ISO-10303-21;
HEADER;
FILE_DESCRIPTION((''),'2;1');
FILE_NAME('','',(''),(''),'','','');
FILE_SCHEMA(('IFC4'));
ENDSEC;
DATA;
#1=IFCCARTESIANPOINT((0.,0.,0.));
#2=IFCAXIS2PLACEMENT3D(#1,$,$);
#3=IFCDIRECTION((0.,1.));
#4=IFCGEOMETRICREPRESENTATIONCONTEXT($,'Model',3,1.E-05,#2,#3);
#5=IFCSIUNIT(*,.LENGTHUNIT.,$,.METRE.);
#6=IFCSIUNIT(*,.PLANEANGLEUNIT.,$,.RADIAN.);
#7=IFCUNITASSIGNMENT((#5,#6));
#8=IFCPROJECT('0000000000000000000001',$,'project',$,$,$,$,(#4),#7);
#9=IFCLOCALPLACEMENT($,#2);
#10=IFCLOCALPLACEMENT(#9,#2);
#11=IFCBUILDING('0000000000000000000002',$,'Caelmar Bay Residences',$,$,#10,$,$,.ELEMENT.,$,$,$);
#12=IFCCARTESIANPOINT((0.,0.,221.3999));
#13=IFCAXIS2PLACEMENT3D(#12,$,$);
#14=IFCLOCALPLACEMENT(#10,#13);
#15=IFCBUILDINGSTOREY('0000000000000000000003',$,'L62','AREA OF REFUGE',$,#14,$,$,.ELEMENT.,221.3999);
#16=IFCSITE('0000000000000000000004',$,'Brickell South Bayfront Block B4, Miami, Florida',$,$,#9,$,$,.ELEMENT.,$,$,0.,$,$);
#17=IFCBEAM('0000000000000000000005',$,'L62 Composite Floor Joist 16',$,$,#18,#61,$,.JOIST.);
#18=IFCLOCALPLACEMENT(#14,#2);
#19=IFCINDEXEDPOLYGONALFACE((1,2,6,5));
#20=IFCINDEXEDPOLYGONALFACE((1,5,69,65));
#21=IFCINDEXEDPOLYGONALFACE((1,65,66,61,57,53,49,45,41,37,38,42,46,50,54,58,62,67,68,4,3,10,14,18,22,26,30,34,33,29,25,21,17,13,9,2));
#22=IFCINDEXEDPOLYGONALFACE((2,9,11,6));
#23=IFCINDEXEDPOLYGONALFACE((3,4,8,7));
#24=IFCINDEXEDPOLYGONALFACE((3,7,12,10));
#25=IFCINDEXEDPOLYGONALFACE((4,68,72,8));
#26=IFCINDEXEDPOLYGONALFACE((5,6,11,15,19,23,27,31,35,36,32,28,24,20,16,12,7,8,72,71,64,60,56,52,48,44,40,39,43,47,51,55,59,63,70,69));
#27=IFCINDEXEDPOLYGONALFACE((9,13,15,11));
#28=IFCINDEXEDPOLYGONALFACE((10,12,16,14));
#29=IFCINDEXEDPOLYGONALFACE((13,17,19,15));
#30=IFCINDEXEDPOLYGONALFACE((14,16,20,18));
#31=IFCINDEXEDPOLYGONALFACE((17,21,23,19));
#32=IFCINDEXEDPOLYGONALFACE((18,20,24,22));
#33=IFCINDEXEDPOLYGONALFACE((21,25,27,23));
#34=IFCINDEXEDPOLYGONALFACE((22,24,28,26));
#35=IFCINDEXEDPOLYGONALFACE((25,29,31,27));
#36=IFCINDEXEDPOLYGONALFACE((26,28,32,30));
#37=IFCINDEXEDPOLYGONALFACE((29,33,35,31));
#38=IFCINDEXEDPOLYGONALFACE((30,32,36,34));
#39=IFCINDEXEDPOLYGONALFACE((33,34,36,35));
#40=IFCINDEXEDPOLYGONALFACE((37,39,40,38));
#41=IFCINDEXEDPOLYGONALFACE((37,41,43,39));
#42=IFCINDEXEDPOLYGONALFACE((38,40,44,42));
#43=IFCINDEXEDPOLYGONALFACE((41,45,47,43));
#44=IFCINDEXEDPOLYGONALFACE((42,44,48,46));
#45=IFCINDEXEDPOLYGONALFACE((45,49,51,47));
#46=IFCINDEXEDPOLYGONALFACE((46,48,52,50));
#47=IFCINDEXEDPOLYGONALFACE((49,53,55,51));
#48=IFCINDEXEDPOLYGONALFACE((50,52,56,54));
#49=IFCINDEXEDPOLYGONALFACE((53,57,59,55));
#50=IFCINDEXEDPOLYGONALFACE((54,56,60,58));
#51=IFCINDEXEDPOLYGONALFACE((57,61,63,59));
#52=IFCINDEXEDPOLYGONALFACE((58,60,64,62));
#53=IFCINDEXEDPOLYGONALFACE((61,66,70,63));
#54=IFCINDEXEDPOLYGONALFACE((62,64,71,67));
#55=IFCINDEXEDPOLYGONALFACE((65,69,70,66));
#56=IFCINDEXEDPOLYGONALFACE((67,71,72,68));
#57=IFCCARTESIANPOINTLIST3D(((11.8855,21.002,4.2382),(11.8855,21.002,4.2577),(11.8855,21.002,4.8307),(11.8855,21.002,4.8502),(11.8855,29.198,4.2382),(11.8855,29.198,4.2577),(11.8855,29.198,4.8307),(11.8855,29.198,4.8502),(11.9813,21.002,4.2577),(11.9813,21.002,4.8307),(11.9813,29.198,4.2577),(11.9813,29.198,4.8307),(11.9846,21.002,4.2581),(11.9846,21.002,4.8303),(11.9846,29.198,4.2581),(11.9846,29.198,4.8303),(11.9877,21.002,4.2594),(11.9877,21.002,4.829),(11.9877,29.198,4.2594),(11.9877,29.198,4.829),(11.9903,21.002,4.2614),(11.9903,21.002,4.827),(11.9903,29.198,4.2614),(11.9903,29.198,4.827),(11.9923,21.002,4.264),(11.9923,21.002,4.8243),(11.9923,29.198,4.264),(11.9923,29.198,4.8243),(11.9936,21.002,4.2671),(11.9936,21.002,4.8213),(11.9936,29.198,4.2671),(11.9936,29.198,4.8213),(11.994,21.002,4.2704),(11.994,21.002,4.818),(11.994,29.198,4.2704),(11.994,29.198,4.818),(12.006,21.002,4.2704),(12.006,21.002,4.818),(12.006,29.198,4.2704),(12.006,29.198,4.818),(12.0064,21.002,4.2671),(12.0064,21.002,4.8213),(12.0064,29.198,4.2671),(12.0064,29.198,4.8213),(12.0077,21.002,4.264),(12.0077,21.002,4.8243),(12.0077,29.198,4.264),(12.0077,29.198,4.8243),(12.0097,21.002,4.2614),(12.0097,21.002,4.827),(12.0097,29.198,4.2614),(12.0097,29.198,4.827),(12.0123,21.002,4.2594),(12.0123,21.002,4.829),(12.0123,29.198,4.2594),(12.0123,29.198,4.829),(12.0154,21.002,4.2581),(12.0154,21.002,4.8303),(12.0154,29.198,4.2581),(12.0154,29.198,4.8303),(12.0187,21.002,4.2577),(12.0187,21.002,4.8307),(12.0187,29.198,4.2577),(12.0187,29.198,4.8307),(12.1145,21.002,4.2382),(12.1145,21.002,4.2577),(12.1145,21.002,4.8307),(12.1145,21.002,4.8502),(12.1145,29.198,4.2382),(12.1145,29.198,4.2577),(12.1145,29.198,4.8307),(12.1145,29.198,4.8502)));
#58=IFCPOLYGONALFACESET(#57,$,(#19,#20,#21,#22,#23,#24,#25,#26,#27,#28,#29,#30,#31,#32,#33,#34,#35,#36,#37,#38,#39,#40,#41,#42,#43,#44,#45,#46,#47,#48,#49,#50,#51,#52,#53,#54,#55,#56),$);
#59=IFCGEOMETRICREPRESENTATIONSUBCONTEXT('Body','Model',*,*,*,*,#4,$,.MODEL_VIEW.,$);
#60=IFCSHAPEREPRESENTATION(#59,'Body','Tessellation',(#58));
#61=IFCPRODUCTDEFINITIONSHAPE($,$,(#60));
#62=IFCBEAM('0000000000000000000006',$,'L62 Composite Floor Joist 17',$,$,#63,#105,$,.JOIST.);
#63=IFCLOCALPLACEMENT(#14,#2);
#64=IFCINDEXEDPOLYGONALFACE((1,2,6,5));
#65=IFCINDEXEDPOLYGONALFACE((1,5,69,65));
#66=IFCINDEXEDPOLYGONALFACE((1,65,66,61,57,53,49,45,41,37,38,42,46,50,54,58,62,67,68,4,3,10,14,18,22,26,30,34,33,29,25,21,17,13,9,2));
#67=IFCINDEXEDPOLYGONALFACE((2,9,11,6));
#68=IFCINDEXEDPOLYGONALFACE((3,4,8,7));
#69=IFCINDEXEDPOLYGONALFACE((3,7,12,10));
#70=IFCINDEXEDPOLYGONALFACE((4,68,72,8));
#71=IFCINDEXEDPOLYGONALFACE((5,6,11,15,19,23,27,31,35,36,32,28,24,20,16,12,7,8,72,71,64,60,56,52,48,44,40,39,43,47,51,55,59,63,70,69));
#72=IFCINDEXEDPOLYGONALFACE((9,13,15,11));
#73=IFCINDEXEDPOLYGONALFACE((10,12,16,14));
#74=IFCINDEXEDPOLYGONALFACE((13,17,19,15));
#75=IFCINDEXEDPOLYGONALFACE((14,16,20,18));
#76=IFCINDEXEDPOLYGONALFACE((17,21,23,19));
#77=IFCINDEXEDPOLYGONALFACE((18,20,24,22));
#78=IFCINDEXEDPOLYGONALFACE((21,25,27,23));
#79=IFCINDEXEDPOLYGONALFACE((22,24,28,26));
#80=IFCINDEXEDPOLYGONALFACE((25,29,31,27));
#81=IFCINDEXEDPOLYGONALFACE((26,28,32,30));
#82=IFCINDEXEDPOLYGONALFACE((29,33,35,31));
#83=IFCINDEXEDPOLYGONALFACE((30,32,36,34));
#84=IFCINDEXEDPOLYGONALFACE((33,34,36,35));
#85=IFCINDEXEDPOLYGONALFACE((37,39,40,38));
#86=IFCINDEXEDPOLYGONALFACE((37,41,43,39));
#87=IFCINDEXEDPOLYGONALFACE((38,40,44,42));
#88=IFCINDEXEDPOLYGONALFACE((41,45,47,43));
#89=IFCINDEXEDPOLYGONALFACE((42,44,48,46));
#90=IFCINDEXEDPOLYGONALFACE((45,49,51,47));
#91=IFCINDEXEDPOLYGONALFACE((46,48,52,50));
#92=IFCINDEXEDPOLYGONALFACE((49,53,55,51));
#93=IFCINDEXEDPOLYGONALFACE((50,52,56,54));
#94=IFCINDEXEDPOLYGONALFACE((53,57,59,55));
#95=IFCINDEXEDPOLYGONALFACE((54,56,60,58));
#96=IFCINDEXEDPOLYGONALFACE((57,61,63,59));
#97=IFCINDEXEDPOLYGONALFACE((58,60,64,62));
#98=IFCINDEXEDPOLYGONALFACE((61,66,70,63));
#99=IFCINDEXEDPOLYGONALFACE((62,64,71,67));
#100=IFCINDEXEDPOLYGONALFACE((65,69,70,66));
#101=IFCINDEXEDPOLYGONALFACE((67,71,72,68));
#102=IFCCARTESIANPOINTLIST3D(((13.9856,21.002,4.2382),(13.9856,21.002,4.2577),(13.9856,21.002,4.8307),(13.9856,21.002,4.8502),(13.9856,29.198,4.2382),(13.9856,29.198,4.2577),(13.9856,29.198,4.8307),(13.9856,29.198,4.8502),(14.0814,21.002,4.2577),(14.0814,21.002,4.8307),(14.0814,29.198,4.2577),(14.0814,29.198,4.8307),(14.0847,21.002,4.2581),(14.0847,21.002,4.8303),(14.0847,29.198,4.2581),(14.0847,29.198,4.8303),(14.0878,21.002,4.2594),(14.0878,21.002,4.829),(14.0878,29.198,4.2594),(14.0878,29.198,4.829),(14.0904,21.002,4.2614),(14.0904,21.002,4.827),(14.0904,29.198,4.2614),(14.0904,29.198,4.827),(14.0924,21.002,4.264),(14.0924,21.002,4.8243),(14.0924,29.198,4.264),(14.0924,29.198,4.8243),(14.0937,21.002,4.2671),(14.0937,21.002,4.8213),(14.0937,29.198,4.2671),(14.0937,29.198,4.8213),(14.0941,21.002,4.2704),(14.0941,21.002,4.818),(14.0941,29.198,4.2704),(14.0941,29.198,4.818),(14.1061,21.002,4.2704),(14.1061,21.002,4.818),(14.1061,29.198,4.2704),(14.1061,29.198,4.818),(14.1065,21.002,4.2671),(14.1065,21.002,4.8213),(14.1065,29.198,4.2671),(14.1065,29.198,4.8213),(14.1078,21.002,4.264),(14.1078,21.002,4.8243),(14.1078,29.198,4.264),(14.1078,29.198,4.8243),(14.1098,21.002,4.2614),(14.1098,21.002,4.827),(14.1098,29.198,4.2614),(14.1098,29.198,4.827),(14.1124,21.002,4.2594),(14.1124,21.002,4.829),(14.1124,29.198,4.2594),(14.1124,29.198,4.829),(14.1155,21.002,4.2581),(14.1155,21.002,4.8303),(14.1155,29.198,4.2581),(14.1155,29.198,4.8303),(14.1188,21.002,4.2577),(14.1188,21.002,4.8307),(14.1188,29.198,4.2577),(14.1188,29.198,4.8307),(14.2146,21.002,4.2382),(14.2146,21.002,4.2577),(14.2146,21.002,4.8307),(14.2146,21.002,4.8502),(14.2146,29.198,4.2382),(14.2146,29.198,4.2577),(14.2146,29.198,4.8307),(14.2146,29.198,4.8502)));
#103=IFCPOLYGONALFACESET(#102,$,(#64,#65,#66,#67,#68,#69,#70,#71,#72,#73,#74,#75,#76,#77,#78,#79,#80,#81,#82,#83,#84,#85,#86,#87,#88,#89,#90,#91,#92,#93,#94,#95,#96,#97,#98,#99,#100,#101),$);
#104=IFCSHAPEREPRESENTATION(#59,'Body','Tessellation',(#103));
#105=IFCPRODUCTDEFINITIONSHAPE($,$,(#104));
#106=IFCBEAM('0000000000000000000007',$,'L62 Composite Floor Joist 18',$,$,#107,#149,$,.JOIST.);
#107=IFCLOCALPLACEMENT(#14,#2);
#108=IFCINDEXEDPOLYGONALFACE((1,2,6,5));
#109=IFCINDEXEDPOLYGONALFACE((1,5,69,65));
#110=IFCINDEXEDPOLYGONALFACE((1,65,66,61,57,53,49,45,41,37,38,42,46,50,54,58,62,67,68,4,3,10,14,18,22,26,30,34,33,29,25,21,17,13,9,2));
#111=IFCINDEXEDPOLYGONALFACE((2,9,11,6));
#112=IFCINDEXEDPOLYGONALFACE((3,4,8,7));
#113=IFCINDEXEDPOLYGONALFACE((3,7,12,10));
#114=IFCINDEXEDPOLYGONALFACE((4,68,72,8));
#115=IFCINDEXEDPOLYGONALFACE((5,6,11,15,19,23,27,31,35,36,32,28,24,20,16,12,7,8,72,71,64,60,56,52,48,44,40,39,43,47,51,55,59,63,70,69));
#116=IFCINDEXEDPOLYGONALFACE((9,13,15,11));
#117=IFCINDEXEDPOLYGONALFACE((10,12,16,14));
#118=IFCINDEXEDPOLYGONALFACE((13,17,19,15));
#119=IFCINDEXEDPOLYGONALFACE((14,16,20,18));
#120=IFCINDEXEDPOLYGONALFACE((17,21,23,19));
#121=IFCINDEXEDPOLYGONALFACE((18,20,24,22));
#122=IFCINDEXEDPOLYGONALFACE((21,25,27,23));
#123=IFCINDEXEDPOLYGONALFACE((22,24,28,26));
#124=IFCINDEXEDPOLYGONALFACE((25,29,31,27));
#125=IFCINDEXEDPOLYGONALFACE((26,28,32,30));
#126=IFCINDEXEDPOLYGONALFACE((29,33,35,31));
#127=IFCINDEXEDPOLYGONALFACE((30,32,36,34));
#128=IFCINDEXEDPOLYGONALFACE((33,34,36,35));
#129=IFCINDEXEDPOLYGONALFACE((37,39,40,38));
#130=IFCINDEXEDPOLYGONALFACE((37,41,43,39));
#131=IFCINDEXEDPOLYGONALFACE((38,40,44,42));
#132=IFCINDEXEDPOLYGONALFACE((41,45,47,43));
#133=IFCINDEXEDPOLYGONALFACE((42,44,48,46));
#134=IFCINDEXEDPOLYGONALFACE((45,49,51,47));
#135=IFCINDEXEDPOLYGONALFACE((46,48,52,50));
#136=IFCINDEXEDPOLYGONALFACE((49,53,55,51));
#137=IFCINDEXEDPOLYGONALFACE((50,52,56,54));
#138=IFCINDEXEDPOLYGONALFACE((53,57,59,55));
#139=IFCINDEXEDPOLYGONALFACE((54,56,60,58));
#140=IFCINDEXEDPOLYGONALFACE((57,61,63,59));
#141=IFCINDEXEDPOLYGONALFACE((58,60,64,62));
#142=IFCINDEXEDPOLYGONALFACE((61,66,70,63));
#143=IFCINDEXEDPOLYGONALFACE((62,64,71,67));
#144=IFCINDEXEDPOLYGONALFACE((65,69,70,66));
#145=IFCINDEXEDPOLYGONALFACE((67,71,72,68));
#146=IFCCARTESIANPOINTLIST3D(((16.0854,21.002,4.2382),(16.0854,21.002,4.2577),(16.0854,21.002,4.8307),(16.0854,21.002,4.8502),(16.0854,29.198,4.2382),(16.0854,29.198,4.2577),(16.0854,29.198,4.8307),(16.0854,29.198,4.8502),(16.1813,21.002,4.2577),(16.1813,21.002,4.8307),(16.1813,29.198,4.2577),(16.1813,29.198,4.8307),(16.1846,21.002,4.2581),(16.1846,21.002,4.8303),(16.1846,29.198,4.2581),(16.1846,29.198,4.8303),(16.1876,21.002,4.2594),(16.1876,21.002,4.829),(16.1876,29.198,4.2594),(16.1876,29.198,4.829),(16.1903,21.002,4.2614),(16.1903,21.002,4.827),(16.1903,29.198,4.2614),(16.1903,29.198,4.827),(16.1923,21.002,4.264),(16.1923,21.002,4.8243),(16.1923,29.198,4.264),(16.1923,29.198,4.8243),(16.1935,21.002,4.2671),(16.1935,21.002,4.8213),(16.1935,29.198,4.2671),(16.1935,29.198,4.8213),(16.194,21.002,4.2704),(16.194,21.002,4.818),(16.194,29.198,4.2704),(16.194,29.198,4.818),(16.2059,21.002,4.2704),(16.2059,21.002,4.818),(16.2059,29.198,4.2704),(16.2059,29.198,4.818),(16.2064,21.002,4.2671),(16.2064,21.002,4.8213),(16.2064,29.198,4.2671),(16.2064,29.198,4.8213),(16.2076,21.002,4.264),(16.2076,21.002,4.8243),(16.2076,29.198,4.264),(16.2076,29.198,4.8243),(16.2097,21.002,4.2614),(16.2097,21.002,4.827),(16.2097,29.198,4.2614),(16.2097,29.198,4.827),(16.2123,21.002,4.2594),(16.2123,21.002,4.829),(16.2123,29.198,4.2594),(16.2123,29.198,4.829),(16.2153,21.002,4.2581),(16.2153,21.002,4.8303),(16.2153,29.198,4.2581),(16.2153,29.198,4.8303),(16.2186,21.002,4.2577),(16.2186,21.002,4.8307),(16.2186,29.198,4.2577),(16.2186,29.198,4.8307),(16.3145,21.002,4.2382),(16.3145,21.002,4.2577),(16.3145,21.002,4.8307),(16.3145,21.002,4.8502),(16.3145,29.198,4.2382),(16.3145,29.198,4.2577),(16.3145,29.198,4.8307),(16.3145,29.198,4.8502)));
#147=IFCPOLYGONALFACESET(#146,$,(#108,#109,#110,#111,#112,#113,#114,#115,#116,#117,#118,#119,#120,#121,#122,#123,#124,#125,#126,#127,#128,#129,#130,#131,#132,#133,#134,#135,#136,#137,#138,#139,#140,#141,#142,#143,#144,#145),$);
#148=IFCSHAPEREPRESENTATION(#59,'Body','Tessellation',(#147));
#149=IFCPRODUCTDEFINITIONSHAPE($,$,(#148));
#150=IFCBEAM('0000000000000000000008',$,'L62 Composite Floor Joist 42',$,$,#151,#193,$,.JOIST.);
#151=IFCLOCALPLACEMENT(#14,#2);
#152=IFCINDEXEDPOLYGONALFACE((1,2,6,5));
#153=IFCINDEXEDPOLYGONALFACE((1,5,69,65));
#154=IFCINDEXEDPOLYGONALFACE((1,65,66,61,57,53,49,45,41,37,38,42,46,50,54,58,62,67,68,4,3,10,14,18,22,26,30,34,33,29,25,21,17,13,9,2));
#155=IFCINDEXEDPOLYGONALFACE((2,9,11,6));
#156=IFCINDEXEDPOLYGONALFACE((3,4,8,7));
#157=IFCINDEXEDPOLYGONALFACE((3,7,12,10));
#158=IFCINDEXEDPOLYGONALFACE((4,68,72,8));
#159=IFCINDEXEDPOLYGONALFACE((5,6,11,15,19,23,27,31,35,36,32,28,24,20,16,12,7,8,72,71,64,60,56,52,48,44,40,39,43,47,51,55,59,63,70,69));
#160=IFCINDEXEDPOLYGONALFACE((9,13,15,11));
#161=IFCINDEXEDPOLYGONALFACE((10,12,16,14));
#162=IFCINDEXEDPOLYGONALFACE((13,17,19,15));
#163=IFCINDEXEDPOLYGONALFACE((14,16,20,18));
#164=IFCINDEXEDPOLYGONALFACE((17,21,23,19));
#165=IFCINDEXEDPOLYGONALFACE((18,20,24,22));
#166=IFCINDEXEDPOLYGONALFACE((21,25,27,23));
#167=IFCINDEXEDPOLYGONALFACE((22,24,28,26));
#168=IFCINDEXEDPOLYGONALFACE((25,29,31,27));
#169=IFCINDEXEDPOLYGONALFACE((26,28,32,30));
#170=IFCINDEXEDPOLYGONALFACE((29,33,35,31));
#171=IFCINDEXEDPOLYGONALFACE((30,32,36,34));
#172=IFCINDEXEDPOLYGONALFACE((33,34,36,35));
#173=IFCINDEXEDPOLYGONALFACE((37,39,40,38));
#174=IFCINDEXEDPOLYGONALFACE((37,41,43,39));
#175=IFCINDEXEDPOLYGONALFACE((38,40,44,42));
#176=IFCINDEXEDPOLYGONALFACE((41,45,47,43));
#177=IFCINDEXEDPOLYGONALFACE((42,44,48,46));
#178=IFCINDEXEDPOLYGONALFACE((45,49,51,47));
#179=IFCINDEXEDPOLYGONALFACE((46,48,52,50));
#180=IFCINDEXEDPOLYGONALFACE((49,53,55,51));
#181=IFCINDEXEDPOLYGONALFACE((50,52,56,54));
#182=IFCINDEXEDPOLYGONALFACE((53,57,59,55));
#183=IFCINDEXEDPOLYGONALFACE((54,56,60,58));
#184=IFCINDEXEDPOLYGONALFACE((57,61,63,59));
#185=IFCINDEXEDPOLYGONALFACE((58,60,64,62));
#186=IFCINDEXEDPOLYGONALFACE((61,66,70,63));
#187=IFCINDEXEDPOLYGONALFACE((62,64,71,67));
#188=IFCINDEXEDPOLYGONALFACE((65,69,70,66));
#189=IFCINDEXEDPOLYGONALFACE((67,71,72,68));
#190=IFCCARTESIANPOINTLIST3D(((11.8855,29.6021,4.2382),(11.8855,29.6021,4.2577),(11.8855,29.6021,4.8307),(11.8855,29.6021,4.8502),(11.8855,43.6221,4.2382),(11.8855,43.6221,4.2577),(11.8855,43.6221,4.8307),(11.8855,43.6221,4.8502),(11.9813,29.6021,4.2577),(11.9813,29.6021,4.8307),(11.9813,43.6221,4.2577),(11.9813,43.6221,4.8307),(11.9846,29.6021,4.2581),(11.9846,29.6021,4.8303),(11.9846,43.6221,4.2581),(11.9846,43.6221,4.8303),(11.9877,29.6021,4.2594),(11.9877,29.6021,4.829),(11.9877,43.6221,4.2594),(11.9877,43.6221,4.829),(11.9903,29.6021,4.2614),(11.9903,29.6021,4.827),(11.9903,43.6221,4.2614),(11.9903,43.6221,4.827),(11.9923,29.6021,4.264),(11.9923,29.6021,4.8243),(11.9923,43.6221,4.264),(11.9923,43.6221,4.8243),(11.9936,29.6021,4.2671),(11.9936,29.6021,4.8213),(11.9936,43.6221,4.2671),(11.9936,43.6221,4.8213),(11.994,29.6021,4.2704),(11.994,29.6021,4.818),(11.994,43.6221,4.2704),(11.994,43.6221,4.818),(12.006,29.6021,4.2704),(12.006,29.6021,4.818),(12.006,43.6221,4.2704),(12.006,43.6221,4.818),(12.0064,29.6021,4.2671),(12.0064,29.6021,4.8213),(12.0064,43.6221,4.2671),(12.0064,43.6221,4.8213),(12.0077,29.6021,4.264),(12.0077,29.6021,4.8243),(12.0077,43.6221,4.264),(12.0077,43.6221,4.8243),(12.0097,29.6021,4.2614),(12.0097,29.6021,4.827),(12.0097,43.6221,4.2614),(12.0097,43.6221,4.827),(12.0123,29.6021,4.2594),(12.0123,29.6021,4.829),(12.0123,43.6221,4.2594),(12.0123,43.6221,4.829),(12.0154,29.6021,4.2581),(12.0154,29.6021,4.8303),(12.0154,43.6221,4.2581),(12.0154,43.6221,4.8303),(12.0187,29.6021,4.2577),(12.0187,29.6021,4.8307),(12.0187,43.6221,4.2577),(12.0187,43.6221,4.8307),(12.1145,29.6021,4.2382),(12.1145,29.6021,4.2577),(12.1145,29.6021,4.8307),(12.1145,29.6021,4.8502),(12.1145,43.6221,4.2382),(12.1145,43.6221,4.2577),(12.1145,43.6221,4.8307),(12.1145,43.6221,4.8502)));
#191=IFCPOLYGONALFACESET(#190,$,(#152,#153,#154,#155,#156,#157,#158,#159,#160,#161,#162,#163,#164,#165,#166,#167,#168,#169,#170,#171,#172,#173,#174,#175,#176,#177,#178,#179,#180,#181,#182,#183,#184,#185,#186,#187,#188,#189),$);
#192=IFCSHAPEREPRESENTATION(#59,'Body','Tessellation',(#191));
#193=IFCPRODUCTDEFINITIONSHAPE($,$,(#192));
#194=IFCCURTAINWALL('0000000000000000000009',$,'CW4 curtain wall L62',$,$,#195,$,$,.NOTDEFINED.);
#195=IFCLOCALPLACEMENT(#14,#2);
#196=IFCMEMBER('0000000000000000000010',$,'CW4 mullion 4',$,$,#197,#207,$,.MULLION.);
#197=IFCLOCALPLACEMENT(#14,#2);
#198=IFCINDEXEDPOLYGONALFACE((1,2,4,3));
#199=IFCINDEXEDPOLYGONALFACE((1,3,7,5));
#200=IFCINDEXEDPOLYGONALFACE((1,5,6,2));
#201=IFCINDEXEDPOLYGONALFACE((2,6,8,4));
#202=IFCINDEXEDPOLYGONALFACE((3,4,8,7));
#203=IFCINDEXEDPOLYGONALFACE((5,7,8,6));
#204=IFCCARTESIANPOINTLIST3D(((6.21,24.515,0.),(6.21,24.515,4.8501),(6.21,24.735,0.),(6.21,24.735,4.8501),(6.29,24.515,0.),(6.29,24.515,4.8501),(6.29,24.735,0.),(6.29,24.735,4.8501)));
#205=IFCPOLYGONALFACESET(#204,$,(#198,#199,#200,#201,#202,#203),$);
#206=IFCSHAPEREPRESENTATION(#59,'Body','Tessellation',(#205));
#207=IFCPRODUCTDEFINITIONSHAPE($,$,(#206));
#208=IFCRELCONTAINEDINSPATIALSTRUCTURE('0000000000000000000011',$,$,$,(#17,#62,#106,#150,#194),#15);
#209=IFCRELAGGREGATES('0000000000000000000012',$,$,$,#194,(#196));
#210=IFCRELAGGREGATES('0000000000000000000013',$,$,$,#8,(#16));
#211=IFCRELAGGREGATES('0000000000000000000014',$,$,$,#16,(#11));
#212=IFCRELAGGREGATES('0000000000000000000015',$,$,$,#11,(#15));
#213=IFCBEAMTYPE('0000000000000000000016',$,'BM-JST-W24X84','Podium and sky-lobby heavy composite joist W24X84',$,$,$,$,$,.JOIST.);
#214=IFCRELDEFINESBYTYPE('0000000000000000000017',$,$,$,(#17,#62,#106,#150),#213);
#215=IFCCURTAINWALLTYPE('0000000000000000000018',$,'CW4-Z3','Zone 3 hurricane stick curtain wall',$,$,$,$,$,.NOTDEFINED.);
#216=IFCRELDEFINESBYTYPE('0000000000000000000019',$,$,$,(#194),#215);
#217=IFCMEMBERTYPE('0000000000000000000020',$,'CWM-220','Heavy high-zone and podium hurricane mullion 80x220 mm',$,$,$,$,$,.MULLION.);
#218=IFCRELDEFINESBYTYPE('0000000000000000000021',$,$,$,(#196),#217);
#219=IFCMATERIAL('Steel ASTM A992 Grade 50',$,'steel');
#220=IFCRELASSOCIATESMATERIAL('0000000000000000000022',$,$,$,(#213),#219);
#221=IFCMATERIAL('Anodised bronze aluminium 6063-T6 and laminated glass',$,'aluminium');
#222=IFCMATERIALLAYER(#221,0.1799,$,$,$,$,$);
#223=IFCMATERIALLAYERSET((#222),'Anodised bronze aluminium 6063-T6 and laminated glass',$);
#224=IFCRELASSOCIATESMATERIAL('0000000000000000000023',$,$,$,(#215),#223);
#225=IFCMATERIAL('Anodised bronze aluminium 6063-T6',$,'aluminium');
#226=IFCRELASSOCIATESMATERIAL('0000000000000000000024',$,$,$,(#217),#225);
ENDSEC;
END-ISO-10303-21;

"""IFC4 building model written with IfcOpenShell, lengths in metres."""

from ifc_helpers import new_model, si_unit, direction, frame, origin, origin_2d, place, context, subcontext, project, spatial, rectangle, i_section, extrude, material, layer, layer_set, material_profile, profile_set, type_object, element, aggregate, save


model = new_model("IFC4")

# Units and contexts
model_context = context("Model", 3, precision=1e-05, world=origin(), true_north=direction((0.0, 1.0)))
body_context = subcontext(model_context, "Body", "Model", "MODEL_VIEW")
ifc_project = project(units=[si_unit("LENGTHUNIT", "METRE"), si_unit("PLANEANGLEUNIT", "RADIAN")], contexts=[model_context])

# Site, building, storey
site_placement = place(None, origin())
site = spatial("IfcSite", under=ifc_project, at=site_placement, Name="Brickell South Bayfront Block B4, Miami, Florida", CompositionType="ELEMENT", RefElevation=0.0)
building_placement = place(site_placement, origin())
building = spatial("IfcBuilding", under=site, at=building_placement, Name="Caelmar Bay Residences", CompositionType="ELEMENT")
storey_placement = place(building_placement, frame((0.0, 0.0, 221.3999)))
storey = spatial("IfcBuildingStorey", under=building, at=storey_placement, Name="L62", Description="AREA OF REFUGE", CompositionType="ELEMENT", Elevation=221.3999)

# Beams
ifc_material_1 = material(Name="Steel ASTM A992 Grade 50", Category="steel")
ifc_material_profile_1 = material_profile(ifc_material_1, i_section(OverallWidth=0.229, OverallDepth=0.6121, WebThickness=0.012, FlangeThickness=0.0195, FilletRadius=0.0127, at=origin_2d()), Name="W24X84")
ifc_profile_set_1 = profile_set([ifc_material_profile_1], Name="Steel ASTM A992 Grade 50")
beam_type_1 = type_object("IfcBeamType", Name="BM-JST-W24X84", Description="Podium and sky-lobby heavy composite joist W24X84", PredefinedType="JOIST", material=ifc_profile_set_1)
for number, where, z_axis, x_axis, name in (
    (1, (12.0, 21.002, 4.5442), (0.0, 1.0, 0.0), (-1.0, 0.0, 0.0), "L62 Composite Floor Joist 16"),
    (2, (14.1001, 21.002, 4.5442), (0.0, 1.0, 0.0), (-1.0, 0.0, 0.0), "L62 Composite Floor Joist 17"),
    (3, (16.2, 21.002, 4.5442), (0.0, 1.0, 0.0), (-1.0, 0.0, 0.0), "L62 Composite Floor Joist 18"),
):
    element("IfcBeam", number, at=place(storey_placement, frame(where, z_axis=z_axis, x_axis=x_axis)), inside=storey, type_object=beam_type_1, Name=name, PredefinedType="JOIST", context=body_context, shape_type="SweptSolid", body=[
        extrude(i_section(OverallWidth=0.229, OverallDepth=0.6121, WebThickness=0.012, FlangeThickness=0.0195, FilletRadius=0.0127, at=origin_2d()), origin(), (0.0, 0.0, 1.0), 8.196),
    ])
beam_1_placement = place(storey_placement, frame((12.0, 29.6021, 4.5442), z_axis=(0.0, 1.0, 0.0), x_axis=(-1.0, 0.0, 0.0)))
element("IfcBeam", 4, at=beam_1_placement, inside=storey, type_object=beam_type_1, Name="L62 Composite Floor Joist 42", PredefinedType="JOIST", context=body_context, shape_type="SweptSolid", body=[
    extrude(i_section(OverallWidth=0.229, OverallDepth=0.6121, WebThickness=0.012, FlangeThickness=0.0195, FilletRadius=0.0127, at=origin_2d()), origin(), (0.0, 0.0, 1.0), 14.02),
])

# Curtain wall, member
ifc_material_2 = material(Name="Anodised bronze aluminium 6063-T6 and laminated glass", Category="aluminium")
ifc_layer_1 = layer(ifc_material_2, 0.1799)
ifc_layer_set_1 = layer_set([ifc_layer_1], Name="Anodised bronze aluminium 6063-T6 and laminated glass")
curtain_wall_type = type_object("IfcCurtainWallType", Name="CW4-Z3", Description="Zone 3 hurricane stick curtain wall", PredefinedType="NOTDEFINED", material=ifc_layer_set_1)
curtain_wall_placement = place(storey_placement, origin())
curtain_wall = element("IfcCurtainWall", 5, at=curtain_wall_placement, inside=storey, type_object=curtain_wall_type, Name="CW4 curtain wall L62", PredefinedType="NOTDEFINED")
ifc_material_3 = material(Name="Anodised bronze aluminium 6063-T6", Category="aluminium")
ifc_material_profile_2 = material_profile(ifc_material_3, rectangle(XDim=0.0801, YDim=0.22, at=origin_2d()), Name="CWM-80X220")
ifc_profile_set_2 = profile_set([ifc_material_profile_2], Name="Anodised bronze aluminium 6063-T6")
member_type_1 = type_object("IfcMemberType", Name="CWM-220", Description="Heavy high-zone and podium hurricane mullion 80x220 mm", PredefinedType="MULLION", material=ifc_profile_set_2)
member_1_placement = place(storey_placement, frame((6.25, 24.625, 0.0), z_axis=(0.0, 0.0, 1.0), x_axis=(-1.0, 0.0, 0.0)))
member_1 = element("IfcMember", 6, at=member_1_placement, type_object=member_type_1, Name="CW4 mullion 4", PredefinedType="MULLION", context=body_context, shape_type="SweptSolid", body=[
    extrude(rectangle(XDim=0.0801, YDim=0.22, at=origin_2d()), origin(), (0.0, 0.0, 1.0), 4.8501),
])
aggregate(curtain_wall, [member_1])

save(model, "model.ifc")
